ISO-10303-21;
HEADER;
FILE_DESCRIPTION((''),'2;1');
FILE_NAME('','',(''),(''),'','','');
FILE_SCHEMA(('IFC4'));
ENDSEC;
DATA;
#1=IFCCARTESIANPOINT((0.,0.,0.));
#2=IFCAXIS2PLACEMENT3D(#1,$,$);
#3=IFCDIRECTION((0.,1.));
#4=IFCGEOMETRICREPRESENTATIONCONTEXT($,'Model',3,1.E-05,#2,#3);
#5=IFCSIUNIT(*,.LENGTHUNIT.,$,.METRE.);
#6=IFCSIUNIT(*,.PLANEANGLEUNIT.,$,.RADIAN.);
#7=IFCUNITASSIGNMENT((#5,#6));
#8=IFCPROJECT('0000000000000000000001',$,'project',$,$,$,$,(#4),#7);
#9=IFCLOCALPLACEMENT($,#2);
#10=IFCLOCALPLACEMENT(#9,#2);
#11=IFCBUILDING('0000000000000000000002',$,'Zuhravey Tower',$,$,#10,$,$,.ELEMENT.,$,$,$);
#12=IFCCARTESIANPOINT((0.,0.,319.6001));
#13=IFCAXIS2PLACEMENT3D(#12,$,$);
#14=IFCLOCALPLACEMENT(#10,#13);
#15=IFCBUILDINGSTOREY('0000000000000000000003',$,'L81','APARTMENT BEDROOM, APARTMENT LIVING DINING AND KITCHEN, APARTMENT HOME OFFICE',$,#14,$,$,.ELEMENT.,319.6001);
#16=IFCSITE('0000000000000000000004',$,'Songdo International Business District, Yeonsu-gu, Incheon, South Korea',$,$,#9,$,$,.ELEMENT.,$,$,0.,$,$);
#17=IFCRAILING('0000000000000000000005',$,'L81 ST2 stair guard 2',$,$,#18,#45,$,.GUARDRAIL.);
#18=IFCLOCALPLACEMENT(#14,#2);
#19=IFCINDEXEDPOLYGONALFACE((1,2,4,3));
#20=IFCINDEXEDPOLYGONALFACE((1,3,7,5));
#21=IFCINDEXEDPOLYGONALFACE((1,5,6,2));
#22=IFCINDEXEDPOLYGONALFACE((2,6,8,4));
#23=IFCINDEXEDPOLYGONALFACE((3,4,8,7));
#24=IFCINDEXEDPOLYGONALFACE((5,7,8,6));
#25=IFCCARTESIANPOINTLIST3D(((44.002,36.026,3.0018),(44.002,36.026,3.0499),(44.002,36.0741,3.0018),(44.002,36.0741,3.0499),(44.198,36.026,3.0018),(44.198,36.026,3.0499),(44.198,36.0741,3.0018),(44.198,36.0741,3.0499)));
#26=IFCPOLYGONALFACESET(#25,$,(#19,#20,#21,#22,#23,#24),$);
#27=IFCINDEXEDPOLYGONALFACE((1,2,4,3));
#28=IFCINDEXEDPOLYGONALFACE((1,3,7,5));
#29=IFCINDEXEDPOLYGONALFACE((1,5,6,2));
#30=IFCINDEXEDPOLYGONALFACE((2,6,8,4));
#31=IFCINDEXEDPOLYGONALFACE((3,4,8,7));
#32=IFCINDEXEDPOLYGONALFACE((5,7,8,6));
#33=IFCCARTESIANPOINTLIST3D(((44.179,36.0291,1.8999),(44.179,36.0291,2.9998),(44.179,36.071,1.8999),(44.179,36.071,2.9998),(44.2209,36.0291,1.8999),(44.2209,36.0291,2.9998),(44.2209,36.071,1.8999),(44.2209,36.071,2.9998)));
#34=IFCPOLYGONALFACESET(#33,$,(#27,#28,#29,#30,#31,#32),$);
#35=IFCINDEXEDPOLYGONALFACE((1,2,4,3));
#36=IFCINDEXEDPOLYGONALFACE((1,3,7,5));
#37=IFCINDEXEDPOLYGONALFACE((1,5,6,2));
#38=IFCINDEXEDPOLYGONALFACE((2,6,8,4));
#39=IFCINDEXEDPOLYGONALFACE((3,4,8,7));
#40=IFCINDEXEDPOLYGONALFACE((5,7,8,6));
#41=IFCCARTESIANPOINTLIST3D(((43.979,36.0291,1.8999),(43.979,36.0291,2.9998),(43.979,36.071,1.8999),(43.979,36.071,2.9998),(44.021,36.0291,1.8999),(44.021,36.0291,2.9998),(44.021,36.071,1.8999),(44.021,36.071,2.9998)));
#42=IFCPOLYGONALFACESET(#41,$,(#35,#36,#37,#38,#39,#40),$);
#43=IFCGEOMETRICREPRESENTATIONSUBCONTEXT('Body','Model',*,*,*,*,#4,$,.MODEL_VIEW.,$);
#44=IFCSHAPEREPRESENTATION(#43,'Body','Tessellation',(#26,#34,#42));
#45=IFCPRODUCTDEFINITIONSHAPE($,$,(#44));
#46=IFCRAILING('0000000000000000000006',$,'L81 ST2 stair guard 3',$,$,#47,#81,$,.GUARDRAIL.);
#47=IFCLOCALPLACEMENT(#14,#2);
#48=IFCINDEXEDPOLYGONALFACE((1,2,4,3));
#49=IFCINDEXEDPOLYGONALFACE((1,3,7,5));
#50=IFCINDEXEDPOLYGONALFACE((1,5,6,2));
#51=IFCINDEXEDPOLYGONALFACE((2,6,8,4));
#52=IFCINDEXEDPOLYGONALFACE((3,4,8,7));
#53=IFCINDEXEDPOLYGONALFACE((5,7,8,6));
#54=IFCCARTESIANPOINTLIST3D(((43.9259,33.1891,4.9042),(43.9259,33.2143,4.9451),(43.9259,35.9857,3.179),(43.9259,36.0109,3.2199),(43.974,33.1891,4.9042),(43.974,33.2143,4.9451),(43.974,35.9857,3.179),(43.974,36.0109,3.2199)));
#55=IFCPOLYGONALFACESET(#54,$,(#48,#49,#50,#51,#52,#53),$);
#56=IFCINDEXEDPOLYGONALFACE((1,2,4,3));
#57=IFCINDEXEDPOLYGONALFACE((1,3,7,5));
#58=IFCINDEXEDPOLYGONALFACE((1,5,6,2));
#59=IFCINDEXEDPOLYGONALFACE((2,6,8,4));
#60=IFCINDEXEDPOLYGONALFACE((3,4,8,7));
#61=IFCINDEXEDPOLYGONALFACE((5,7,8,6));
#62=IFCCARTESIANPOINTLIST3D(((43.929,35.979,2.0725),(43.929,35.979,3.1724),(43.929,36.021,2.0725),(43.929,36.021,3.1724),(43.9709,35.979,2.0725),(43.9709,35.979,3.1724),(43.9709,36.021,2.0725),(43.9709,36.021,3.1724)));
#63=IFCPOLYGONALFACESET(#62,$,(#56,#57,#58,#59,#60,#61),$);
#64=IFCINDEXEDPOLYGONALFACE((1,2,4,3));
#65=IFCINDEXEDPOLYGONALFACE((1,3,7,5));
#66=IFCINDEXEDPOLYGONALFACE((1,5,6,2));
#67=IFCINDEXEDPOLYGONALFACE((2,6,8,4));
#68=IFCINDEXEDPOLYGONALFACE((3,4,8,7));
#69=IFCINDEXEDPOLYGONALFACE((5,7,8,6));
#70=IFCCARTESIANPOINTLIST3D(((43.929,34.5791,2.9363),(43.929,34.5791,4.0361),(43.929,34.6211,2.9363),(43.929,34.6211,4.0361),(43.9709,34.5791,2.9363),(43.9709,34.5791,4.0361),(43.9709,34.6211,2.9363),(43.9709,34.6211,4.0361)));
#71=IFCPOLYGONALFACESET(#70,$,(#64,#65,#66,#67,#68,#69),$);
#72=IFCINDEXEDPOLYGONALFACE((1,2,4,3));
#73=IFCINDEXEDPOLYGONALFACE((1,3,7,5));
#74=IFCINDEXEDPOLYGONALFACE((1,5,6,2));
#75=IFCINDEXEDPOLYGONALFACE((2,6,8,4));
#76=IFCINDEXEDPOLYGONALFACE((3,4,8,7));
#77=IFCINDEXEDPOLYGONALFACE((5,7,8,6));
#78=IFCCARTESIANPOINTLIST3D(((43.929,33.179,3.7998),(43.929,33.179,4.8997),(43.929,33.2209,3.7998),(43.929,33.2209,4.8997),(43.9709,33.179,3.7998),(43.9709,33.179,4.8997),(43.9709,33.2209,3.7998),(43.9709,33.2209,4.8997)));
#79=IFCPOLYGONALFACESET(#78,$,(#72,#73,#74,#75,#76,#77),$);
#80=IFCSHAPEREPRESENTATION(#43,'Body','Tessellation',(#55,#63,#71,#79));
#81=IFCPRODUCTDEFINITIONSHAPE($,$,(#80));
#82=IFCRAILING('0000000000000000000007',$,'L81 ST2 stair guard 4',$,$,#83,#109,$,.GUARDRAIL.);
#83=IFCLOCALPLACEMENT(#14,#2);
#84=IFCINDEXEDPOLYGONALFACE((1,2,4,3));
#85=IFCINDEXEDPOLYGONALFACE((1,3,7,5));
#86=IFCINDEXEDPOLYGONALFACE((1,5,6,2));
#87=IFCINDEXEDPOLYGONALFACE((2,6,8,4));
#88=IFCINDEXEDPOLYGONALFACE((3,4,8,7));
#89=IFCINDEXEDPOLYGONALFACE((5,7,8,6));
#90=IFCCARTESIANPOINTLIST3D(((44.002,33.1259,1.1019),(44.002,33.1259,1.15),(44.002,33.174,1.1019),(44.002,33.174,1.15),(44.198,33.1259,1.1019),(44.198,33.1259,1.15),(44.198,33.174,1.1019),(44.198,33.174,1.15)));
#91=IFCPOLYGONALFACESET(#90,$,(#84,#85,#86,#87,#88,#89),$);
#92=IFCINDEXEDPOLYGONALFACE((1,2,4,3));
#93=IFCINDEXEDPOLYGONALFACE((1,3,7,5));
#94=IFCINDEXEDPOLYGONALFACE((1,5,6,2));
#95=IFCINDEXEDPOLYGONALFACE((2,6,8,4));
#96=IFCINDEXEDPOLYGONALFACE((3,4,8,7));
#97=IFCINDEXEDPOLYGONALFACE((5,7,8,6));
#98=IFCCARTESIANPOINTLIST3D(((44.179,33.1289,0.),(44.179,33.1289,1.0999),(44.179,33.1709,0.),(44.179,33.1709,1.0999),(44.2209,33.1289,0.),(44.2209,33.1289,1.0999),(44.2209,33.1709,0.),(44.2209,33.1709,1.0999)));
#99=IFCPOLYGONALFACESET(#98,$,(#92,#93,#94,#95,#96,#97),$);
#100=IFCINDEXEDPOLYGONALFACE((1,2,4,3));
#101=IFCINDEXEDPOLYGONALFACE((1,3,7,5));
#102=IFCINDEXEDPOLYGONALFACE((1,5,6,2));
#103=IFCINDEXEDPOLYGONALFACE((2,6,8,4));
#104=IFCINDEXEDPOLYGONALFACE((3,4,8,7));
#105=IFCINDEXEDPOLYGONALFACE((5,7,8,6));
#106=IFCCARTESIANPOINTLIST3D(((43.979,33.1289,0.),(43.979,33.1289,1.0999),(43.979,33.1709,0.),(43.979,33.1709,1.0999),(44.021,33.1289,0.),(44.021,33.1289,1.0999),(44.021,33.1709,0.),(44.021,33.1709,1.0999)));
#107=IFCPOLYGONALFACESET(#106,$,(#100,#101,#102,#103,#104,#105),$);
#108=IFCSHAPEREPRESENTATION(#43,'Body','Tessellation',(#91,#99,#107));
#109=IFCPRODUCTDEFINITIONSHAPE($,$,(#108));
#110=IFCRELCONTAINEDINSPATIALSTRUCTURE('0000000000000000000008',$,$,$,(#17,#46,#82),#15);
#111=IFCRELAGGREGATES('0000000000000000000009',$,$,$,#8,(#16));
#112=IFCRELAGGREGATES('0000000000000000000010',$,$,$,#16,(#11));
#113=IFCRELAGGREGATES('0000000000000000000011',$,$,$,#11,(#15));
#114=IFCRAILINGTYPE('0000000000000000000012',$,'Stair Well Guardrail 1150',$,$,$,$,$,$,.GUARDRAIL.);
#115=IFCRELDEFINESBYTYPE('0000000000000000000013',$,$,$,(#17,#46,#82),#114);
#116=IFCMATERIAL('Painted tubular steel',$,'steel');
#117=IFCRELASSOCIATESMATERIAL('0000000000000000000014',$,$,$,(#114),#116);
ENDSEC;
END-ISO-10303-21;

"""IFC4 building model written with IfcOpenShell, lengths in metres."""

from ifc_helpers import new_model, si_unit, direction, frame, origin, origin_2d, place, context, subcontext, project, spatial, rectangle, extrude, material, type_object, element, save


model = new_model("IFC4")

# Units and contexts
model_context = context("Model", 3, precision=1e-05, world=origin(), true_north=direction((0.0, 1.0)))
body_context = subcontext(model_context, "Body", "Model", "MODEL_VIEW")
ifc_project = project(units=[si_unit("LENGTHUNIT", "METRE"), si_unit("PLANEANGLEUNIT", "RADIAN")], contexts=[model_context])

# Site, building, storey
site_placement = place(None, origin())
site = spatial("IfcSite", under=ifc_project, at=site_placement, Name="Songdo International Business District, Yeonsu-gu, Incheon, South Korea", CompositionType="ELEMENT", RefElevation=0.0)
building_placement = place(site_placement, origin())
building = spatial("IfcBuilding", under=site, at=building_placement, Name="Zuhravey Tower", CompositionType="ELEMENT")
storey_placement = place(building_placement, frame((0.0, 0.0, 319.6001)))
storey = spatial("IfcBuildingStorey", under=building, at=storey_placement, Name="L81", Description="APARTMENT BEDROOM, APARTMENT LIVING DINING AND KITCHEN, APARTMENT HOME OFFICE", CompositionType="ELEMENT", Elevation=319.6001)

# Railings
ifc_material_1 = material(Name="Painted tubular steel", Category="steel")
railing_type_1 = type_object("IfcRailingType", Name="Stair Well Guardrail 1150", PredefinedType="GUARDRAIL", material=ifc_material_1)
railing_1_placement = place(storey_placement, frame((44.2, 36.05, 1.8999)))
element("IfcRailing", 1, at=railing_1_placement, inside=storey, type_object=railing_type_1, Name="L81 ST2 stair guard 2", PredefinedType="GUARDRAIL", context=body_context, shape_type="SweptSolid", body=[
    extrude(rectangle(XDim=0.0481, YDim=0.0481, at=origin_2d()), frame((-0.002, 0.0, 1.126), z_axis=(-1.0, 0.0, 0.0), x_axis=(0.0, -1.0, 0.0)), (0.0, 0.0, 1.0), 0.196),
    extrude(rectangle(XDim=0.042, YDim=0.042, at=origin_2d()), origin(), (0.0, 0.0, 1.0), 1.0999),
    extrude(rectangle(XDim=0.042, YDim=0.042, at=origin_2d()), frame((-0.2, 0.0, 0.0)), (0.0, 0.0, 1.0), 1.0999),
])
railing_2_placement = place(storey_placement, frame((43.95, 36.0, 2.0725)))
element("IfcRailing", 2, at=railing_2_placement, inside=storey, type_object=railing_type_1, Name="L81 ST2 stair guard 3", PredefinedType="GUARDRAIL", context=body_context, shape_type="SweptSolid", body=[
    extrude(rectangle(XDim=0.0481, YDim=0.0481, at=origin_2d()), frame((0.0, -0.0017, 1.127), z_axis=(0.0, -0.85109, 0.52502), x_axis=(1.0, 0.0, 0.0)), (0.0, 0.0, 1.0), 3.2859),
    extrude(rectangle(XDim=0.042, YDim=0.042, at=origin_2d()), origin(), (0.0, 0.0, 1.0), 1.0999),
    extrude(rectangle(XDim=0.042, YDim=0.042, at=origin_2d()), frame((0.0, -1.3999, 0.8638)), (0.0, 0.0, 1.0), 1.0999),
    extrude(rectangle(XDim=0.042, YDim=0.042, at=origin_2d()), frame((0.0, -2.8, 1.7273)), (0.0, 0.0, 1.0), 1.0999),
])
railing_3_placement = place(storey_placement, frame((44.2, 33.1499, 0.0)))
element("IfcRailing", 3, at=railing_3_placement, inside=storey, type_object=railing_type_1, Name="L81 ST2 stair guard 4", PredefinedType="GUARDRAIL", context=body_context, shape_type="SweptSolid", body=[
    extrude(rectangle(XDim=0.0481, YDim=0.0481, at=origin_2d()), frame((-0.002, 0.0, 1.126), z_axis=(-1.0, 0.0, 0.0), x_axis=(0.0, -1.0, 0.0)), (0.0, 0.0, 1.0), 0.196),
    extrude(rectangle(XDim=0.042, YDim=0.042, at=origin_2d()), origin(), (0.0, 0.0, 1.0), 1.0999),
    extrude(rectangle(XDim=0.042, YDim=0.042, at=origin_2d()), frame((-0.2, 0.0, 0.0)), (0.0, 0.0, 1.0), 1.0999),
])

save(model, "model.ifc")
